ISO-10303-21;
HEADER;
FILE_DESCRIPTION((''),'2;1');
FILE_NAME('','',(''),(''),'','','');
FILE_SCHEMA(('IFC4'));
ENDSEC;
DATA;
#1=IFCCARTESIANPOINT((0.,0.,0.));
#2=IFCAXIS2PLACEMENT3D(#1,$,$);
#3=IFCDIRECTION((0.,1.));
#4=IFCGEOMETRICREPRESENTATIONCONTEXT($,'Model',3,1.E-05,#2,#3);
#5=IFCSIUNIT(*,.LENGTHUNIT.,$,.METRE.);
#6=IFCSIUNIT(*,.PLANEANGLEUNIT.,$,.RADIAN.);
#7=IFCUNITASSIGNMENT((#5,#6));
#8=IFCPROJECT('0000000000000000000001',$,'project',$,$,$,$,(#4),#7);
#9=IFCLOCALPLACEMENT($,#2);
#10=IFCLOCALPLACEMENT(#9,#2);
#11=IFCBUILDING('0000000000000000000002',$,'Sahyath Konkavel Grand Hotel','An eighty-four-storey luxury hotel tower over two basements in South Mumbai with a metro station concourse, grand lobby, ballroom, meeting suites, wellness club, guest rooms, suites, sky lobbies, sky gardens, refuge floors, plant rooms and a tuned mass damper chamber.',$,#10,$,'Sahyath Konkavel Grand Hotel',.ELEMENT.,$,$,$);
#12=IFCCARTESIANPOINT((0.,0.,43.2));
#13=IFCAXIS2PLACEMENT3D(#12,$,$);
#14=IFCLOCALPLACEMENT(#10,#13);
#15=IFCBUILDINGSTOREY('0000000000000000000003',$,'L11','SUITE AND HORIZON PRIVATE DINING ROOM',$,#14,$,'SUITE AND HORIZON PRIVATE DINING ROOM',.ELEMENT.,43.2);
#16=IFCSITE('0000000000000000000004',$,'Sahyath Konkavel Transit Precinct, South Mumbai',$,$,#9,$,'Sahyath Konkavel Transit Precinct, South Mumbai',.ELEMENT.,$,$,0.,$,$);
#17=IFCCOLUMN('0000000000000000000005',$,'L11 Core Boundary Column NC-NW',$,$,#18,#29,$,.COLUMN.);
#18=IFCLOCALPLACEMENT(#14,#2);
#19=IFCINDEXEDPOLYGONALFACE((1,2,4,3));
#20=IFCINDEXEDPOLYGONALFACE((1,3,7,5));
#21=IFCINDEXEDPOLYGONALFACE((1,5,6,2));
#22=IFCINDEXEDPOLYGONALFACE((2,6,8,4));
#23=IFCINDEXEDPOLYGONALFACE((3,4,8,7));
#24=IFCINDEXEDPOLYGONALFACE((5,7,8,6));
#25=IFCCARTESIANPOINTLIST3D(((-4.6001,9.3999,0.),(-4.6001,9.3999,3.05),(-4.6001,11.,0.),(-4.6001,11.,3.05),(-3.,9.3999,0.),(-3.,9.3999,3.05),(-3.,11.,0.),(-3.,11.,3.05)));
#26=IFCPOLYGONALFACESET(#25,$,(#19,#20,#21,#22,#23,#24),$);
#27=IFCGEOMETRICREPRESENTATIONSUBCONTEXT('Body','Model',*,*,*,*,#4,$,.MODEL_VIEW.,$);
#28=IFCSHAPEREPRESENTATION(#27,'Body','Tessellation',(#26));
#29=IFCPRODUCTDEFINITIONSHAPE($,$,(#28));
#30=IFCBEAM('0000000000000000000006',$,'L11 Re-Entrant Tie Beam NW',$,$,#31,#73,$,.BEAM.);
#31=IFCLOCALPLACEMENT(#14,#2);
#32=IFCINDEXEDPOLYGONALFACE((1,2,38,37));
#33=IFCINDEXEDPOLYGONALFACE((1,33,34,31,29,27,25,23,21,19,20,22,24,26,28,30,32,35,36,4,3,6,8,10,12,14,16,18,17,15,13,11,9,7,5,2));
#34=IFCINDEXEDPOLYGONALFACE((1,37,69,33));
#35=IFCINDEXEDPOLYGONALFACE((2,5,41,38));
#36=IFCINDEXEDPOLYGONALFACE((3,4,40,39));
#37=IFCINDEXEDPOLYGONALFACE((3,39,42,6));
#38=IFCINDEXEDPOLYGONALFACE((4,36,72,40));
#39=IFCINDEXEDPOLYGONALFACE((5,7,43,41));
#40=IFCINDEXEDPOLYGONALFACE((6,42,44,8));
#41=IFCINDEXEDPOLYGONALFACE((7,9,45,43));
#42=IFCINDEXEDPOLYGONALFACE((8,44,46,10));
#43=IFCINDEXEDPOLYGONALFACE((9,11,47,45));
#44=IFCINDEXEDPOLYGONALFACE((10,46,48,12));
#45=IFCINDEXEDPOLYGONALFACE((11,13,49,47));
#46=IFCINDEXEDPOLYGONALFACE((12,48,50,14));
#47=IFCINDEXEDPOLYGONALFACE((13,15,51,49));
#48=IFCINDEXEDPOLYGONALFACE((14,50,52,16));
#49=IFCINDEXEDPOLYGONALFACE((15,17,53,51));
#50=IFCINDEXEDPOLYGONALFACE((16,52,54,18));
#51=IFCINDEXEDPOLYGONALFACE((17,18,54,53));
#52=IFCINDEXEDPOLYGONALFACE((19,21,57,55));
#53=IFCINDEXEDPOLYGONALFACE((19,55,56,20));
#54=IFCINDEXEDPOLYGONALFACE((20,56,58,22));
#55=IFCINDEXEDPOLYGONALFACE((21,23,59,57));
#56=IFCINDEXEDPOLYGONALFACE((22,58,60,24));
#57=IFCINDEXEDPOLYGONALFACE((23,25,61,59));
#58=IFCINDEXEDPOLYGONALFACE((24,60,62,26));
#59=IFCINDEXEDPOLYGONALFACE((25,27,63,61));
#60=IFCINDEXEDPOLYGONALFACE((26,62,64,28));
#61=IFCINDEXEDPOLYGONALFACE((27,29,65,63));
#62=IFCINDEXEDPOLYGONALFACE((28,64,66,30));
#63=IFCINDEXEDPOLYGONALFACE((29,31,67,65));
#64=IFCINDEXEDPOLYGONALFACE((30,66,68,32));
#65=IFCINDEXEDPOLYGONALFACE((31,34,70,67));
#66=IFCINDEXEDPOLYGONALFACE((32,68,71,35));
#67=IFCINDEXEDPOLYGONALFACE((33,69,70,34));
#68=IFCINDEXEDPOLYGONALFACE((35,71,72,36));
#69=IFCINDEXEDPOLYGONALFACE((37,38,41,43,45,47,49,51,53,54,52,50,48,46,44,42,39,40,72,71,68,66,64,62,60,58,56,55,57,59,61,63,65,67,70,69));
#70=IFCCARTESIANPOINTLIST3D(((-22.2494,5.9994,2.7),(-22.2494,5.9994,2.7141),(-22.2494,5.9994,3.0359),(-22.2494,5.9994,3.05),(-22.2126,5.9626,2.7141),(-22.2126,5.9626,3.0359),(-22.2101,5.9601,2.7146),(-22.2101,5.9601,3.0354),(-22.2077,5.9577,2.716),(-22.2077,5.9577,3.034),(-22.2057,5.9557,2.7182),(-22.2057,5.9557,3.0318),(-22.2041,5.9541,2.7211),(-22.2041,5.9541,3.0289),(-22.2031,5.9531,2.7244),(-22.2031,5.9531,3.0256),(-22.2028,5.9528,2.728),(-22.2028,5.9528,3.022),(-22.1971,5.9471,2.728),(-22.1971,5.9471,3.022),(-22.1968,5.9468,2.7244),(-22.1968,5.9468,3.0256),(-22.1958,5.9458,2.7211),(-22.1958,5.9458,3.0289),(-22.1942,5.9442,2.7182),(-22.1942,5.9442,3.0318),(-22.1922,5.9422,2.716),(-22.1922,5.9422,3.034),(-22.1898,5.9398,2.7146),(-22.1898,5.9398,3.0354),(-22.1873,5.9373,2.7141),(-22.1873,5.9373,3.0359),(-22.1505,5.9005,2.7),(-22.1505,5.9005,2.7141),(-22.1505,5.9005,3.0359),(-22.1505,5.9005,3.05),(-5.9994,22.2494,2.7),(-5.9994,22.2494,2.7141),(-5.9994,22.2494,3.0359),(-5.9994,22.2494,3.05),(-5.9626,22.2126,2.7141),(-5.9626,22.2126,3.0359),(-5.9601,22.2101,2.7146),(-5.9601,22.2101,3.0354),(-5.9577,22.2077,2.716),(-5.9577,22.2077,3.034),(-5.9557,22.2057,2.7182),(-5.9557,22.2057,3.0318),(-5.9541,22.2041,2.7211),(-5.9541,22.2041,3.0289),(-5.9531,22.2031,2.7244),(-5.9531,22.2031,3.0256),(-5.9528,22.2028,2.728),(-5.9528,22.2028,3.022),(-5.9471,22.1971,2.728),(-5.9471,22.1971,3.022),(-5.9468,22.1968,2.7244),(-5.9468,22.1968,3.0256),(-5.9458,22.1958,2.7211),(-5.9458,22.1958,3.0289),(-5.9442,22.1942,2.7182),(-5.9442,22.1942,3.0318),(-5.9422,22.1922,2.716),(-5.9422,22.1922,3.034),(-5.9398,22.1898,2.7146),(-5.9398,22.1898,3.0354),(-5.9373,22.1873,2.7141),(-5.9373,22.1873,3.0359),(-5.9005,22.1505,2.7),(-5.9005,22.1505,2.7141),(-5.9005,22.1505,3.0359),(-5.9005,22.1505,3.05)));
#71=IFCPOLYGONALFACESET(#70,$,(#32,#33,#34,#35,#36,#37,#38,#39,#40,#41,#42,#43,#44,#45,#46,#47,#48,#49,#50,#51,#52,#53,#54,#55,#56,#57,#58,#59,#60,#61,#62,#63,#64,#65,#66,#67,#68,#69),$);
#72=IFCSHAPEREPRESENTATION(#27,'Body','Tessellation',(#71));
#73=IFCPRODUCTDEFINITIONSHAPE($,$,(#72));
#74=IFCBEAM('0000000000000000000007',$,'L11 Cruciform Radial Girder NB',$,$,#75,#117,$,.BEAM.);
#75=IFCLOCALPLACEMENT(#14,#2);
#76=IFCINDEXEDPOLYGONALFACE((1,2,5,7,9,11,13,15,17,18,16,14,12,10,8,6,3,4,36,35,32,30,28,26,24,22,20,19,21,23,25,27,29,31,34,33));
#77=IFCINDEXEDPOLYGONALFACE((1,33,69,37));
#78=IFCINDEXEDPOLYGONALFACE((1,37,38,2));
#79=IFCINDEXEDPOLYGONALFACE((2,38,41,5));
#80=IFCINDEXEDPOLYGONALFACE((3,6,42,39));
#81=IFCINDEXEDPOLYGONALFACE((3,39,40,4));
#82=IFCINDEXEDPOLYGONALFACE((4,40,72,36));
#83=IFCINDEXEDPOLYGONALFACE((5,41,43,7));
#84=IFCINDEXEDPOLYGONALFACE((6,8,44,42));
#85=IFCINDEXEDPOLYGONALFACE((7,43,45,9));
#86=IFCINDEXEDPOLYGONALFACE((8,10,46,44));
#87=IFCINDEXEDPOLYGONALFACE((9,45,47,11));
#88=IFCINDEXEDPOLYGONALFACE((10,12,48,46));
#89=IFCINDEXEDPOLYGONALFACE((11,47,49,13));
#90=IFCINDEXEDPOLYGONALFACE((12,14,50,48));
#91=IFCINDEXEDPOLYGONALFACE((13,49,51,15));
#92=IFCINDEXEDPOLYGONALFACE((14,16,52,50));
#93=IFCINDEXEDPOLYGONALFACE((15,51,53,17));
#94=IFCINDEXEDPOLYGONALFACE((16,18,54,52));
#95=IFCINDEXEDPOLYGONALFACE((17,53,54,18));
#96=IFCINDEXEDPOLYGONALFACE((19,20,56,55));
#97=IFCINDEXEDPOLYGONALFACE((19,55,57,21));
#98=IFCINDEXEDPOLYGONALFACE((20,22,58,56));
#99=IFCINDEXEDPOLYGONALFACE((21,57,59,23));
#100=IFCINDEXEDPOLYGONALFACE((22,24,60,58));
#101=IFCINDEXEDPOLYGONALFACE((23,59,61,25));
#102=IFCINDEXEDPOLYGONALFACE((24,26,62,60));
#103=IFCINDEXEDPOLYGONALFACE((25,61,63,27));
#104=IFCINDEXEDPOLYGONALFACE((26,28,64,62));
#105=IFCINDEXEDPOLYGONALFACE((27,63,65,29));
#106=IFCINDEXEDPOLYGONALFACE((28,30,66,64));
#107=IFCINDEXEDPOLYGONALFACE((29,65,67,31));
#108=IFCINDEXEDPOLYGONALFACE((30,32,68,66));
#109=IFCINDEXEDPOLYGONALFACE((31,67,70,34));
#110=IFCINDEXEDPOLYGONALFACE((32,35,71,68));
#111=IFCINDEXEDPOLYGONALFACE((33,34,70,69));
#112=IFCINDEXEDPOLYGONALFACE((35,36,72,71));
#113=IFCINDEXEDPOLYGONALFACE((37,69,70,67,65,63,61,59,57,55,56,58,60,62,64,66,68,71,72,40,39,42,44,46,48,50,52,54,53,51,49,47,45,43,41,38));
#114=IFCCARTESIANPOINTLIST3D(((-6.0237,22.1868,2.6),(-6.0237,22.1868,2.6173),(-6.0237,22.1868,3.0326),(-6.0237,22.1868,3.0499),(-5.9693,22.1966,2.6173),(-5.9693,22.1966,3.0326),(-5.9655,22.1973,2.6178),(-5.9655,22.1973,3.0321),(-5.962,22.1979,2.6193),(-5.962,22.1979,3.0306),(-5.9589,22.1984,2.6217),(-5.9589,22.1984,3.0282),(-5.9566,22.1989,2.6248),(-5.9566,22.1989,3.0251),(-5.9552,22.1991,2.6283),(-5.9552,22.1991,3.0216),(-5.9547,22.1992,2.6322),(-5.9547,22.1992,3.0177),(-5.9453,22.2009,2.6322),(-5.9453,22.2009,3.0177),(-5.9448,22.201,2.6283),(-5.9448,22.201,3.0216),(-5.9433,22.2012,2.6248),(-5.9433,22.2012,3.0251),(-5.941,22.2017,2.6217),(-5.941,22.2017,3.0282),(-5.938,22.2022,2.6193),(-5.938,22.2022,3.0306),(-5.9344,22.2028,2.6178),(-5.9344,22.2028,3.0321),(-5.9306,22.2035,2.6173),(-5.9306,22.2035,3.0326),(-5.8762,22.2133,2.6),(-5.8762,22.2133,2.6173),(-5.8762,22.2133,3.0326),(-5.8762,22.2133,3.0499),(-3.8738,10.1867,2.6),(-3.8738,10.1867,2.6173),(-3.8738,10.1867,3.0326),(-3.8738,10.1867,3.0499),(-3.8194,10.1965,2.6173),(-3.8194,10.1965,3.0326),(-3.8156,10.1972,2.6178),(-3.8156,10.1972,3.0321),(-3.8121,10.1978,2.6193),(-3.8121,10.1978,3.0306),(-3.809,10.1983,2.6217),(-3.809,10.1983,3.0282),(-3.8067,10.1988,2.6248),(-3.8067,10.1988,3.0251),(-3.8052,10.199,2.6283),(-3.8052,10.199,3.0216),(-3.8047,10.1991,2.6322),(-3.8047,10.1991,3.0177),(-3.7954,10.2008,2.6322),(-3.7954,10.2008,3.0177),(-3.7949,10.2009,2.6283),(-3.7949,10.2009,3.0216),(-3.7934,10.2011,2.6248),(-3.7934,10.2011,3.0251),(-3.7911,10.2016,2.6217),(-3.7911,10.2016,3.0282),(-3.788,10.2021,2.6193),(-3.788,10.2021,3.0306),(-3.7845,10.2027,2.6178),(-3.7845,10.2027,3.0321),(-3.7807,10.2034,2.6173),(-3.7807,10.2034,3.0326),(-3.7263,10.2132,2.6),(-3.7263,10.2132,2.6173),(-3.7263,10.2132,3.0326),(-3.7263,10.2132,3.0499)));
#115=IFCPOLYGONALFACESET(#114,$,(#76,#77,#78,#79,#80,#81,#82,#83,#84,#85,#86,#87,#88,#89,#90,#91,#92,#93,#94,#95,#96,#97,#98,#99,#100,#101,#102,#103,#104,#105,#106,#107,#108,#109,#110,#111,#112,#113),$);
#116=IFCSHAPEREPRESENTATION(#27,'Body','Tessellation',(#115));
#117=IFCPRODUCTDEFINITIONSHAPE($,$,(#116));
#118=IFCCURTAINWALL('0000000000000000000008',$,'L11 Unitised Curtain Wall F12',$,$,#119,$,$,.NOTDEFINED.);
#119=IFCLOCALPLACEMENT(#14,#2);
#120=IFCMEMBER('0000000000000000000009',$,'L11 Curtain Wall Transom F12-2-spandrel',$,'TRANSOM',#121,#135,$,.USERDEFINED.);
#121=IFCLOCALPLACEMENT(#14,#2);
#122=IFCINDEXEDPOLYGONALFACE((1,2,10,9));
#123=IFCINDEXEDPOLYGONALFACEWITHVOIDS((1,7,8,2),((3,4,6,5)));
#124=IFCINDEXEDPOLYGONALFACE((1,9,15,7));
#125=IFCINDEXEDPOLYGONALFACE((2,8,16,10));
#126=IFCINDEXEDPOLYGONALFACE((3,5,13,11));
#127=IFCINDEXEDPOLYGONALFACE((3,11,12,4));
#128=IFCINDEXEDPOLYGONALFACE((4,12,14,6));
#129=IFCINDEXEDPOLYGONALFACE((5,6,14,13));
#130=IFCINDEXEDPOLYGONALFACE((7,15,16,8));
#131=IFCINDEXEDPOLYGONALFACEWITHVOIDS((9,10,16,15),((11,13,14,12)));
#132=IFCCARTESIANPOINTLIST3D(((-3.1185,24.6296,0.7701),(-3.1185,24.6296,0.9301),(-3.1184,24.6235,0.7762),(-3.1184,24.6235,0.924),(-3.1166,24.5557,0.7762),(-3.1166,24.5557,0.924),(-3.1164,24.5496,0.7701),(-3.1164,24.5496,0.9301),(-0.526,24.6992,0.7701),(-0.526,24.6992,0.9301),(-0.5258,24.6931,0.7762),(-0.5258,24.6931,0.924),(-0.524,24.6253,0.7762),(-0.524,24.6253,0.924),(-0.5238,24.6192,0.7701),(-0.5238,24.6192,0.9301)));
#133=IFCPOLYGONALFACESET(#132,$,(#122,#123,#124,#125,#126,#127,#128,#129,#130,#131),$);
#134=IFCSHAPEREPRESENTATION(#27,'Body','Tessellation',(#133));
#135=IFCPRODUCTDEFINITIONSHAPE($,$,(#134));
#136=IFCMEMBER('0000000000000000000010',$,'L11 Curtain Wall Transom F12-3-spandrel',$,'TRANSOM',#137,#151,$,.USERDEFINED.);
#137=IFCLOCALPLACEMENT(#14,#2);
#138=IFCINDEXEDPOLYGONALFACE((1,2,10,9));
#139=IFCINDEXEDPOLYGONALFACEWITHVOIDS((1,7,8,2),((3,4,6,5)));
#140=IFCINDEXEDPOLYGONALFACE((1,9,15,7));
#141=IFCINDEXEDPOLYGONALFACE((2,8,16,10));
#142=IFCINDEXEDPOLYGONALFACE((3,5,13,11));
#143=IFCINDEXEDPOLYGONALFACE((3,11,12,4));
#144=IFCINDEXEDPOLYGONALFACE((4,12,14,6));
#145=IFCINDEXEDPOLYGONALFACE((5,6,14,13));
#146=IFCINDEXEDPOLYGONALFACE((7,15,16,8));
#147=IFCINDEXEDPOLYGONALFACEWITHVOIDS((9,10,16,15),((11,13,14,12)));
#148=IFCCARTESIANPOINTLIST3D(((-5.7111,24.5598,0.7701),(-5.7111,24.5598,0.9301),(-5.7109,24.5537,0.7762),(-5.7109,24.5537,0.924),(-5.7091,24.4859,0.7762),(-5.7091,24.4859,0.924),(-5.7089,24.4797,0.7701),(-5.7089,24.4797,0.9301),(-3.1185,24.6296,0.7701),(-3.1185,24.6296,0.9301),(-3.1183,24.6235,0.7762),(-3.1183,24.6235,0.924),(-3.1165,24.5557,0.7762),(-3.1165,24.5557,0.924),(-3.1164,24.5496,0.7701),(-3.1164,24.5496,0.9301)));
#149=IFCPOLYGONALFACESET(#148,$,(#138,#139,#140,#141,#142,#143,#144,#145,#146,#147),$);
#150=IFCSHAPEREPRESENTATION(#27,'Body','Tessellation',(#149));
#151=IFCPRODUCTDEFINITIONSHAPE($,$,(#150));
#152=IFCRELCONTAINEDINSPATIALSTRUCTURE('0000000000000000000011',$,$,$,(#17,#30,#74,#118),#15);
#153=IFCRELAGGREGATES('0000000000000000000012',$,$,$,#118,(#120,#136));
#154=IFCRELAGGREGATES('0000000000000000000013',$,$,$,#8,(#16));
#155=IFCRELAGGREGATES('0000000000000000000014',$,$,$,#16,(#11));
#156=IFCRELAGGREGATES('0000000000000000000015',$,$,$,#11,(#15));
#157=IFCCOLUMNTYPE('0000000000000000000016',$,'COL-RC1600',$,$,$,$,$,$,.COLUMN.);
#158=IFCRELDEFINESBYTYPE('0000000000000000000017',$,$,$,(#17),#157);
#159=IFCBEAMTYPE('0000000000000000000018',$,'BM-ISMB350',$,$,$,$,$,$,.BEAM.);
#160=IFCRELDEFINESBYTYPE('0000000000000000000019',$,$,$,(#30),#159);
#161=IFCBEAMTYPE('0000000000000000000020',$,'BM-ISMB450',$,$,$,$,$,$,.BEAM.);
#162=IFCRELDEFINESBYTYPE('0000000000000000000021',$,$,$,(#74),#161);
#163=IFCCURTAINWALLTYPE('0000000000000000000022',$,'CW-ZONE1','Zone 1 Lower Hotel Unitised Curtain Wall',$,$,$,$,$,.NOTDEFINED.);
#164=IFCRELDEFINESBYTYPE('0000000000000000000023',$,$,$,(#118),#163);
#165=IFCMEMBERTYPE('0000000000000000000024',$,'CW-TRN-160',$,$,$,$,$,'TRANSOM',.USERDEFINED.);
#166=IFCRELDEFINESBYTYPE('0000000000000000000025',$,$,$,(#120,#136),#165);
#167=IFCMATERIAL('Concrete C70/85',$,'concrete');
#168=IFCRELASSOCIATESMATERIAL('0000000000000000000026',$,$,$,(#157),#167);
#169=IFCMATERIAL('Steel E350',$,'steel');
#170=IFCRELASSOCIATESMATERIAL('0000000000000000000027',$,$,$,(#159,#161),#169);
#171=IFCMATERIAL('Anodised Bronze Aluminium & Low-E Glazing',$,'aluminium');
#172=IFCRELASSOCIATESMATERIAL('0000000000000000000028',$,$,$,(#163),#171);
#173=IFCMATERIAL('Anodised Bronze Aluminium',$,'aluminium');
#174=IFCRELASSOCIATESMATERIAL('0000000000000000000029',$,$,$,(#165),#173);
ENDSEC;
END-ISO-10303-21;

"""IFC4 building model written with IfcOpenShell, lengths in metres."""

from ifc_helpers import new_model, si_unit, direction, frame, origin, origin_2d, place, context, subcontext, project, spatial, rectangle, hollow_rectangle, i_section, extrude, source, transform, mapped, material, material_profile, profile_set, type_object, element, aggregate, save


model = new_model("IFC4")

# Units and contexts
model_context = context("Model", 3, precision=1e-05, world=origin(), true_north=direction((0.0, 1.0)))
body_context = subcontext(model_context, "Body", "Model", "MODEL_VIEW")
ifc_project = project(units=[si_unit("LENGTHUNIT", "METRE"), si_unit("PLANEANGLEUNIT", "RADIAN")], contexts=[model_context])

# Site, building, storey
site_placement = place(None, origin())
site = spatial("IfcSite", under=ifc_project, at=site_placement, Name="Sahyath Konkavel Transit Precinct, South Mumbai", LongName="Sahyath Konkavel Transit Precinct, South Mumbai", CompositionType="ELEMENT", RefElevation=0.0)
building_placement = place(site_placement, origin())
building = spatial("IfcBuilding", under=site, at=building_placement, Name="Sahyath Konkavel Grand Hotel", Description="An eighty-four-storey luxury hotel tower over two basements in South Mumbai with a metro station concourse, grand lobby, ballroom, meeting suites, wellness club, guest rooms, suites, sky lobbies, sky gardens, refuge floors, plant rooms and a tuned mass damper chamber.", LongName="Sahyath Konkavel Grand Hotel", CompositionType="ELEMENT")
storey_placement = place(building_placement, frame((0.0, 0.0, 43.2)))
storey = spatial("IfcBuildingStorey", under=building, at=storey_placement, Name="L11", Description="SUITE AND HORIZON PRIVATE DINING ROOM", LongName="SUITE AND HORIZON PRIVATE DINING ROOM", CompositionType="ELEMENT", Elevation=43.2)

# Column
ifc_material_1 = material(Name="Concrete C70/85", Category="concrete")
ifc_material_profile_1 = material_profile(ifc_material_1, rectangle(XDim=1.6001, YDim=1.6001, at=origin_2d()), Name="RC 1600x1600")
ifc_profile_set_1 = profile_set([ifc_material_profile_1], Name="Concrete C70/85")
column_type = type_object("IfcColumnType", Name="COL-RC1600", PredefinedType="COLUMN", material=ifc_profile_set_1)
shared_shape_1 = source(origin(), body_context, "Body", "SweptSolid", [
    extrude(rectangle(XDim=1.6001, YDim=1.6001, at=origin_2d()), origin(), (0.0, 0.0, 1.0), 3.05),
])
column_placement = place(storey_placement, frame((-3.8, 10.2, 0.0), z_axis=(0.0, 0.0, 1.0), x_axis=(1.0, 0.0, 0.0)))
element("IfcColumn", 1, at=column_placement, inside=storey, type_object=column_type, Name="L11 Core Boundary Column NC-NW", PredefinedType="COLUMN", context=body_context, shape_type="MappedRepresentation", body=[
    mapped(shared_shape_1, transform((0.0, 0.0, 0.0), scale=1.0)),
])

# Beams
ifc_material_2 = material(Name="Steel E350", Category="steel")
ifc_material_profile_2 = material_profile(ifc_material_2, i_section(OverallWidth=0.1399, OverallDepth=0.3501, WebThickness=0.0081, FlangeThickness=0.0142, FilletRadius=0.0139, at=origin_2d()), Name="ISMB 350")
ifc_profile_set_2 = profile_set([ifc_material_profile_2], Name="Steel E350")
beam_type_1 = type_object("IfcBeamType", Name="BM-ISMB350", PredefinedType="BEAM", material=ifc_profile_set_2)
shared_shape_2 = source(origin(), body_context, "Body", "SweptSolid", [
    extrude(i_section(OverallWidth=0.1399, OverallDepth=0.3501, WebThickness=0.0081, FlangeThickness=0.0142, FilletRadius=0.0139, at=origin_2d()), origin(), (0.0, 0.0, 1.0), 22.981),
])
beam_1_placement = place(storey_placement, frame((-5.95, 22.2, 2.875), z_axis=(-0.707107, -0.707107, 0.0), x_axis=(0.707107, -0.707107, 0.0)))
element("IfcBeam", 2, at=beam_1_placement, inside=storey, type_object=beam_type_1, Name="L11 Re-Entrant Tie Beam NW", PredefinedType="BEAM", context=body_context, shape_type="MappedRepresentation", body=[
    mapped(shared_shape_2, transform((0.0, 0.0, 0.0), scale=1.0)),
])
ifc_material_profile_3 = material_profile(ifc_material_2, i_section(OverallWidth=0.1499, OverallDepth=0.45, WebThickness=0.0095, FlangeThickness=0.0173, FilletRadius=0.0149, at=origin_2d()), Name="ISMB 450")
ifc_profile_set_3 = profile_set([ifc_material_profile_3], Name="Steel E350")
beam_type_2 = type_object("IfcBeamType", Name="BM-ISMB450", PredefinedType="BEAM", material=ifc_profile_set_3)
shared_shape_3 = source(origin(), body_context, "Body", "SweptSolid", [
    extrude(i_section(OverallWidth=0.1499, OverallDepth=0.45, WebThickness=0.0095, FlangeThickness=0.0173, FilletRadius=0.0149, at=origin_2d()), origin(), (0.0, 0.0, 1.0), 12.1912),
])
beam_2_placement = place(storey_placement, frame((-3.8, 10.2, 2.825), z_axis=(-0.176351, 0.984327, 0.0), x_axis=(-0.984327, -0.176351, 0.0)))
element("IfcBeam", 3, at=beam_2_placement, inside=storey, type_object=beam_type_2, Name="L11 Cruciform Radial Girder NB", PredefinedType="BEAM", context=body_context, shape_type="MappedRepresentation", body=[
    mapped(shared_shape_3, transform((0.0, 0.0, 0.0), scale=1.0)),
])

# Curtain wall, members
ifc_material_3 = material(Name="Anodised Bronze Aluminium & Low-E Glazing", Category="aluminium")
curtain_wall_type = type_object("IfcCurtainWallType", Name="CW-ZONE1", Description="Zone 1 Lower Hotel Unitised Curtain Wall", PredefinedType="NOTDEFINED", material=ifc_material_3)
curtain_wall_placement = place(storey_placement, origin())
curtain_wall = element("IfcCurtainWall", 4, at=curtain_wall_placement, inside=storey, type_object=curtain_wall_type, Name="L11 Unitised Curtain Wall F12", PredefinedType="NOTDEFINED")
ifc_material_4 = material(Name="Anodised Bronze Aluminium", Category="aluminium")
ifc_material_profile_4 = material_profile(ifc_material_4, hollow_rectangle(XDim=0.0801, YDim=0.1599, WallThickness=0.0061, at=origin_2d()), Name="RHS 160x80x6")
ifc_profile_set_4 = profile_set([ifc_material_profile_4], Name="Anodised Bronze Aluminium")
member_type_1 = type_object("IfcMemberType", Name="CW-TRN-160", ElementType="TRANSOM", PredefinedType="USERDEFINED", material=ifc_profile_set_4)
shared_shape_4 = source(origin(), body_context, "Body", "SweptSolid", [
    extrude(hollow_rectangle(XDim=0.0801, YDim=0.1599, WallThickness=0.0061, at=origin_2d()), origin(), (0.0, 0.0, 1.0), 2.5935),
])
member_1_placement = place(storey_placement, frame((-0.5249, 24.6592, 0.8501), z_axis=(-0.99964, -0.026829, 0.0), x_axis=(0.026829, -0.99964, 0.0)))
member_1 = element("IfcMember", 5, at=member_1_placement, type_object=member_type_1, Name="L11 Curtain Wall Transom F12-2-spandrel", ObjectType="TRANSOM", PredefinedType="USERDEFINED", context=body_context, shape_type="MappedRepresentation", body=[
    mapped(shared_shape_4, transform((0.0, 0.0, 0.0), scale=1.0)),
])
member_2_placement = place(storey_placement, frame((-3.1174, 24.5896, 0.8501), z_axis=(-0.999638, -0.026923, 0.0), x_axis=(0.026923, -0.999638, 0.0)))
member_2 = element("IfcMember", 6, at=member_2_placement, type_object=member_type_1, Name="L11 Curtain Wall Transom F12-3-spandrel", ObjectType="TRANSOM", PredefinedType="USERDEFINED", context=body_context, shape_type="MappedRepresentation", body=[
    mapped(shared_shape_4, transform((0.0, 0.0, 0.0), scale=1.0)),
])

aggregate(curtain_wall, [member_1, member_2])

save(model, "model.ifc")
